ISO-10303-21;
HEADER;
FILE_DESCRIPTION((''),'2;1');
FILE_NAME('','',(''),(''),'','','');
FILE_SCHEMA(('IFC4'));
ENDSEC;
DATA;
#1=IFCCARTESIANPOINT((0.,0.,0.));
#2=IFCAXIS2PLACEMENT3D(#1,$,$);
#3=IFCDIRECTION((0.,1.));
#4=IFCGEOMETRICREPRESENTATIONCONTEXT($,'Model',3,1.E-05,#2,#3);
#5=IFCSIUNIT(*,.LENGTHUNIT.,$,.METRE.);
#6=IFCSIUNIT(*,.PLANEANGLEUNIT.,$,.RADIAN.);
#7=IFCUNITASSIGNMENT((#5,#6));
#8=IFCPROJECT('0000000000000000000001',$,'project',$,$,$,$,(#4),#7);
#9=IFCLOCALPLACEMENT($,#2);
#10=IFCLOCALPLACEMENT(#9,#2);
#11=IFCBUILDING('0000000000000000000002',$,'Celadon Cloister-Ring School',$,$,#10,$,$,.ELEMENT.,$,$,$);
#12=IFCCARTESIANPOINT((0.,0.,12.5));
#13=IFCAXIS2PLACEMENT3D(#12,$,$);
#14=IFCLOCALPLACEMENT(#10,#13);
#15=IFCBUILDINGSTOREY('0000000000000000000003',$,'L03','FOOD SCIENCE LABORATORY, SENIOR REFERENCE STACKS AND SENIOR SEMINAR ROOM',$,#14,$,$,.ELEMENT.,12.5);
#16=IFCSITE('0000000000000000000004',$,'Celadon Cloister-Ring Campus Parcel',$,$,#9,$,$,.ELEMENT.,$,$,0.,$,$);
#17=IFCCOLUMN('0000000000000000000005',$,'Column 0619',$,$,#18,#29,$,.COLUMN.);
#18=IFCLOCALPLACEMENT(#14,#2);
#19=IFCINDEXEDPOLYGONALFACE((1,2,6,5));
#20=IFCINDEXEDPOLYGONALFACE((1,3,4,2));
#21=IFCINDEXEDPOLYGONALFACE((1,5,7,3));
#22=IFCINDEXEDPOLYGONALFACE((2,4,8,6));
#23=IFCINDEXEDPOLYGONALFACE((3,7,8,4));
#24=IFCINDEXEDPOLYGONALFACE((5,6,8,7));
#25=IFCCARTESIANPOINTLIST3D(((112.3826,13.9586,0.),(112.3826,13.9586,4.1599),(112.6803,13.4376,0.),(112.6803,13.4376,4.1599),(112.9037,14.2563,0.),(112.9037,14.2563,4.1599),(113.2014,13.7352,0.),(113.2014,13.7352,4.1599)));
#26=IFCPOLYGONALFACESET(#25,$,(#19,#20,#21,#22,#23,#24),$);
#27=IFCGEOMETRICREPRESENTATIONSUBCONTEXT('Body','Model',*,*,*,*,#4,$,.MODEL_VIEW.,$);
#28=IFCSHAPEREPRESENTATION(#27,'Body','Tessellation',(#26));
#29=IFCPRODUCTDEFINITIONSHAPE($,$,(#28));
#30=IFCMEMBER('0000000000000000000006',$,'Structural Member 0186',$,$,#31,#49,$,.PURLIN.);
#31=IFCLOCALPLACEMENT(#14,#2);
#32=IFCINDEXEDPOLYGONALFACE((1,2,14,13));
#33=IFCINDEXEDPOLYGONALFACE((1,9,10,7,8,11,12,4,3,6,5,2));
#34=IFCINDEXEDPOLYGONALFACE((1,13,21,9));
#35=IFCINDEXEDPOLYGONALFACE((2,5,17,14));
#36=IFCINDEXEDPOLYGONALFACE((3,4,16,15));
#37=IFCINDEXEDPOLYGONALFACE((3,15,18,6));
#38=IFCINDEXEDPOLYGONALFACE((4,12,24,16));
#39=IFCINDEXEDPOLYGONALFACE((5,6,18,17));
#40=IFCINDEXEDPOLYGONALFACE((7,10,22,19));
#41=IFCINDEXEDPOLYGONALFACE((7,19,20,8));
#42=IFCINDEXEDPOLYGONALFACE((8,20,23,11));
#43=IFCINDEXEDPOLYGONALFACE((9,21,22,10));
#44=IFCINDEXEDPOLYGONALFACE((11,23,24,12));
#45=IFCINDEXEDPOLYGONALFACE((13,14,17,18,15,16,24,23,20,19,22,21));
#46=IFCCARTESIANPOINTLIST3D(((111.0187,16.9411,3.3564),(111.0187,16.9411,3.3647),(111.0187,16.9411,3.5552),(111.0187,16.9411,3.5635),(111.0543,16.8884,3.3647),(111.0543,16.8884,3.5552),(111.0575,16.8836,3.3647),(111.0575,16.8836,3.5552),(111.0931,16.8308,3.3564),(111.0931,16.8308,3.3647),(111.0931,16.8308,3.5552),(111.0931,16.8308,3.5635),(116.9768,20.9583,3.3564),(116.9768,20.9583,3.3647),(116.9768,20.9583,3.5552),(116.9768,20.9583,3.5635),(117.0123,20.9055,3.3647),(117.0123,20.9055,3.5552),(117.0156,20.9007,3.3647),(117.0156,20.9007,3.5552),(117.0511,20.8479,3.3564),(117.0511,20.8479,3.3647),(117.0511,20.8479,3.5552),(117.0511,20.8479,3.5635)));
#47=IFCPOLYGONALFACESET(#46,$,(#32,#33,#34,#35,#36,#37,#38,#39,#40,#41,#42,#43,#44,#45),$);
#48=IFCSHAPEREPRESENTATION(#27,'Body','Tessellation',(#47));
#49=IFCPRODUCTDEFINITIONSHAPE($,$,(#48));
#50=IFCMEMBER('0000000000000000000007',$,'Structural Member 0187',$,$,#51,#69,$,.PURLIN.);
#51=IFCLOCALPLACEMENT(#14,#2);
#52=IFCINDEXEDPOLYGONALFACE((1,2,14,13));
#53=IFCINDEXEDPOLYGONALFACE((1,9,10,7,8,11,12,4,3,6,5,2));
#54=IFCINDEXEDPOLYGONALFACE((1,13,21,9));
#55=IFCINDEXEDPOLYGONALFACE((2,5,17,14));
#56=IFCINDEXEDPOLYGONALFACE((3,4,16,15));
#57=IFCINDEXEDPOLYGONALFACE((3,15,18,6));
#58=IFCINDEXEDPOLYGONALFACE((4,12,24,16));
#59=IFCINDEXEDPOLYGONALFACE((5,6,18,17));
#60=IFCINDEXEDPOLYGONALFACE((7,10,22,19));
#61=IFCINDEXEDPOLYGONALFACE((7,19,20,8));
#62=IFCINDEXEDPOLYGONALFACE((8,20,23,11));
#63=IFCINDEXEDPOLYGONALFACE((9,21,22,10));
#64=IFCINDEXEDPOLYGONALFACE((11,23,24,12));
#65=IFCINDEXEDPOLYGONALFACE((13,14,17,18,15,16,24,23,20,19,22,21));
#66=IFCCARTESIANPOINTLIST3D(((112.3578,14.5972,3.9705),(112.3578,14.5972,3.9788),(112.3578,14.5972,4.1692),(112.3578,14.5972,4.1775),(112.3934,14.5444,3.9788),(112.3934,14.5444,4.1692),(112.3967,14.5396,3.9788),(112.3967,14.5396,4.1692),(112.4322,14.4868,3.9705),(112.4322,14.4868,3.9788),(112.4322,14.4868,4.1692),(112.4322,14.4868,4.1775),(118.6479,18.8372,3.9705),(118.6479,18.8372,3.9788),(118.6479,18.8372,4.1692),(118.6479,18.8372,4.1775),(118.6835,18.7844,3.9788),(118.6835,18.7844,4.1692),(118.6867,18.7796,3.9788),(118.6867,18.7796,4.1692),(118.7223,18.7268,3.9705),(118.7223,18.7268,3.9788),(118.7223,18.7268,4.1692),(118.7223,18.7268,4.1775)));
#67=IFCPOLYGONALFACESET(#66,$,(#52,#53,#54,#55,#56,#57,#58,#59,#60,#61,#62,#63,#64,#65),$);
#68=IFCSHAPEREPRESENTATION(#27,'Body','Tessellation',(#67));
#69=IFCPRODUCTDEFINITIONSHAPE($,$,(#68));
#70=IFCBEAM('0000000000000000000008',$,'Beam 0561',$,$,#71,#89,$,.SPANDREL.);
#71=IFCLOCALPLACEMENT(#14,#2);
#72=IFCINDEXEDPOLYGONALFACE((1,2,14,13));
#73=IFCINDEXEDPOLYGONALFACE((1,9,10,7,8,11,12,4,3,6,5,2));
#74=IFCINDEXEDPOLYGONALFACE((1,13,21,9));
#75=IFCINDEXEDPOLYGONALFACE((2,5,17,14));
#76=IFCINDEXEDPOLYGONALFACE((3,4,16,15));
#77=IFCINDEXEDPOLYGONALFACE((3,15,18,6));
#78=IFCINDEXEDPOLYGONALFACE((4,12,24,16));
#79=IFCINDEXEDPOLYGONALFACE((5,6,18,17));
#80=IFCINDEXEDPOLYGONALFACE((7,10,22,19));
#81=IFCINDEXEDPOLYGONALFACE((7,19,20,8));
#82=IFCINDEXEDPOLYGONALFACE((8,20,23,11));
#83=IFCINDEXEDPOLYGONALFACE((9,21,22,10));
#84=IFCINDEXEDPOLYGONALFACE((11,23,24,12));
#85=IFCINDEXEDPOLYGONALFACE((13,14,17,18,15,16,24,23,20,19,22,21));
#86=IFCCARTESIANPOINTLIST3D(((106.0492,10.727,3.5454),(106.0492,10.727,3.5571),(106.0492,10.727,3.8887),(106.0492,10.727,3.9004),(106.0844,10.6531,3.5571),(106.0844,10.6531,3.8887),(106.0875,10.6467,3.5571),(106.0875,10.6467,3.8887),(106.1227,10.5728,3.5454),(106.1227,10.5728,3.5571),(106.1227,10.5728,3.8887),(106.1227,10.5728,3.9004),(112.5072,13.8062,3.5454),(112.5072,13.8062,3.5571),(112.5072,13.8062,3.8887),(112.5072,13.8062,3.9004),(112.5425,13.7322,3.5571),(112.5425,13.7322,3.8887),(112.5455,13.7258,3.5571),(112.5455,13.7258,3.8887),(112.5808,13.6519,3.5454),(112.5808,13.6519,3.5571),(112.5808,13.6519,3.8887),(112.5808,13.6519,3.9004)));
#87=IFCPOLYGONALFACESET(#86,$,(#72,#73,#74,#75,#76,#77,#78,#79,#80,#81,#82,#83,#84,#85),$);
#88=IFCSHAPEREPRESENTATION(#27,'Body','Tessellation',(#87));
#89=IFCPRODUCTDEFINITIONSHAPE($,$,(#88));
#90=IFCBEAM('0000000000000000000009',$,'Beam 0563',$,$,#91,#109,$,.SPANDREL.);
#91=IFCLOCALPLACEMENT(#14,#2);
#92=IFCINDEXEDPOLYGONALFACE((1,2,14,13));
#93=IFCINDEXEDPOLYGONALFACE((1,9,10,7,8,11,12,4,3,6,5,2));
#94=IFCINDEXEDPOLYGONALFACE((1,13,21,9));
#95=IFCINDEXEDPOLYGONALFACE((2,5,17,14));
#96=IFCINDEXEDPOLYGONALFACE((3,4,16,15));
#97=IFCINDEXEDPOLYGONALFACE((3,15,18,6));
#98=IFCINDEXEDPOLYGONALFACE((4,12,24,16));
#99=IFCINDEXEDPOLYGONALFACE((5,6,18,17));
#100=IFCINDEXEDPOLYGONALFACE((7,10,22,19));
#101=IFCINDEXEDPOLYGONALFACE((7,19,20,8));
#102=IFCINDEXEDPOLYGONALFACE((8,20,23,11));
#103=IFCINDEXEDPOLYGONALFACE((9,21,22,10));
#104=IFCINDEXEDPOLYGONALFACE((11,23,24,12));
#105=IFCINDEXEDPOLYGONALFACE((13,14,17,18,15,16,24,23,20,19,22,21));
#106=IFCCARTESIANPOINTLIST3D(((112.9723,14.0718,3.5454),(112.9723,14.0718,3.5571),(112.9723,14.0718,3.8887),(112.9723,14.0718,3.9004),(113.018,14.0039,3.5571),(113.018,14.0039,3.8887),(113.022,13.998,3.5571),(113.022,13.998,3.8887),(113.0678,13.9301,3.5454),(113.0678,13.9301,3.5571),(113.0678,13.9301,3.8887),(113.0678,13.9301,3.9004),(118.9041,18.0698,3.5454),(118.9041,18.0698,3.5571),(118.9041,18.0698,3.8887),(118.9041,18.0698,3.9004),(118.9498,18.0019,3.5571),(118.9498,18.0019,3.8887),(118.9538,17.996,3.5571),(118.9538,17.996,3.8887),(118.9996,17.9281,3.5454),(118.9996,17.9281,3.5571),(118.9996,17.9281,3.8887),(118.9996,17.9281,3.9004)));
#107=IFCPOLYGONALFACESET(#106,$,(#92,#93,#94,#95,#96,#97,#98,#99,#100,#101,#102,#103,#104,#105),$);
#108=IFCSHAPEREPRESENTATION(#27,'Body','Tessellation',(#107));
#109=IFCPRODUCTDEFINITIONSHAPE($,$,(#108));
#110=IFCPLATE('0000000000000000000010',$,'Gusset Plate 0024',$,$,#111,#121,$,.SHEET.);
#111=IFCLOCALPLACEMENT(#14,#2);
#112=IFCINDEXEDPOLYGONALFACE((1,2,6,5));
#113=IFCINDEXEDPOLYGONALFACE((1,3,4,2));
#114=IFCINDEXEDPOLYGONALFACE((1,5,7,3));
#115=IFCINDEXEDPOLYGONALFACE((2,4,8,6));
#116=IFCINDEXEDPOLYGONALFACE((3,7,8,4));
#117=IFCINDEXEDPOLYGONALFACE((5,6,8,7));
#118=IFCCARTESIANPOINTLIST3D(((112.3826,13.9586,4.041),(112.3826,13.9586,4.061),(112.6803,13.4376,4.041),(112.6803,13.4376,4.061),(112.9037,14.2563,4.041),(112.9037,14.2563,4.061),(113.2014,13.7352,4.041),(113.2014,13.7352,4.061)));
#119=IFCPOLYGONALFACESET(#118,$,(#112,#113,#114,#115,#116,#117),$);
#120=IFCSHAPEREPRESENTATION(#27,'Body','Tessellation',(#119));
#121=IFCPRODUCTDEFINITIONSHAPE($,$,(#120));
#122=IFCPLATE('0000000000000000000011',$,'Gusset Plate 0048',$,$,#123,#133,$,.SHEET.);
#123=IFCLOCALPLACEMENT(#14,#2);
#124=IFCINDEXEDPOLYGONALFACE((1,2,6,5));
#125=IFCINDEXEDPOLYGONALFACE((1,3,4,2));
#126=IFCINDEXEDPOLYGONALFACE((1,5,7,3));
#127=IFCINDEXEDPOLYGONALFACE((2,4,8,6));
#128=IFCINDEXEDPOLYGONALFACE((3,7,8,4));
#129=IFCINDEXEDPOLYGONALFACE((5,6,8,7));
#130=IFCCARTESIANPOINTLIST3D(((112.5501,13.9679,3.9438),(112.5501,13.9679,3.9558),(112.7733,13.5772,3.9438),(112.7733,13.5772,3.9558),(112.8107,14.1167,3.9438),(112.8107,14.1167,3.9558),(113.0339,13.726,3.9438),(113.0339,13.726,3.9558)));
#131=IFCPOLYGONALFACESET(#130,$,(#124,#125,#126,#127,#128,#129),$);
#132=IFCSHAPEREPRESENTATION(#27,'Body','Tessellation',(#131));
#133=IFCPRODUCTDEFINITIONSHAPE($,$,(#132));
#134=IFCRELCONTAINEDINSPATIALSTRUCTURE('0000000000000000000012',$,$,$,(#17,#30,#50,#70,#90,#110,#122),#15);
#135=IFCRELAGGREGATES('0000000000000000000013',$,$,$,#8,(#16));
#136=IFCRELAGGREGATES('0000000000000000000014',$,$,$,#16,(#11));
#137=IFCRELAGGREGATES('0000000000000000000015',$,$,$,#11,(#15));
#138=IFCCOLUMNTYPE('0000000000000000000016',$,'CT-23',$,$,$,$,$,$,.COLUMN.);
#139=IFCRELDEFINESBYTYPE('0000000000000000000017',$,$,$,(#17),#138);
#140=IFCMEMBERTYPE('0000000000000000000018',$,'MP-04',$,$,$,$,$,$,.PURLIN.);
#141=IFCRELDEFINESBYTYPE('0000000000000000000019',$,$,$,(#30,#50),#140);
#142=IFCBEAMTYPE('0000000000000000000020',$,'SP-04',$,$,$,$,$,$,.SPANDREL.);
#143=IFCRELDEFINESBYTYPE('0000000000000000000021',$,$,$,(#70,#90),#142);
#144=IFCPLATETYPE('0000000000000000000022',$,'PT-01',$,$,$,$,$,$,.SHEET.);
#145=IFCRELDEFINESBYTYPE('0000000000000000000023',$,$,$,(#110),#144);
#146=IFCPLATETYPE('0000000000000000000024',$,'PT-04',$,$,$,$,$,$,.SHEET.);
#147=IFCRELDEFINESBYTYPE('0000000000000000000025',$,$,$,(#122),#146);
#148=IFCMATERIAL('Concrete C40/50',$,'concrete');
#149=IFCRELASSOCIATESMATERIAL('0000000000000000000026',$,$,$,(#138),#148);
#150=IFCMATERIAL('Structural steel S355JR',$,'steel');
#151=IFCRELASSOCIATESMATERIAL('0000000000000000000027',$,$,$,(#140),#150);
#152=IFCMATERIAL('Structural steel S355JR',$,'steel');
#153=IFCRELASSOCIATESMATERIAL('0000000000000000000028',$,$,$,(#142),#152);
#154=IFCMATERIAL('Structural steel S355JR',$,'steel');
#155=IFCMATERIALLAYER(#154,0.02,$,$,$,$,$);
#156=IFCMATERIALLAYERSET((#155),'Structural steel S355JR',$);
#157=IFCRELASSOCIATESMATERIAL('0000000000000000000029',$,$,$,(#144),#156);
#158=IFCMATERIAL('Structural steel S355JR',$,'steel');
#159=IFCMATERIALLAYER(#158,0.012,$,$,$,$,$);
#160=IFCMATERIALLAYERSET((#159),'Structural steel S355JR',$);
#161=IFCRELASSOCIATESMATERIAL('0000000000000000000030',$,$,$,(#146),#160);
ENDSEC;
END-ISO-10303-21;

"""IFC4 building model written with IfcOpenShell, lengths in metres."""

from ifc_helpers import new_model, si_unit, direction, frame, origin, origin_2d, place, context, subcontext, project, spatial, rectangle, i_section, extrude, material, layer, layer_set, material_profile, profile_set, type_object, element, save


model = new_model("IFC4")

# Units and contexts
model_context = context("Model", 3, precision=1e-05, world=origin(), true_north=direction((0.0, 1.0)))
body_context = subcontext(model_context, "Body", "Model", "MODEL_VIEW")
ifc_project = project(units=[si_unit("LENGTHUNIT", "METRE"), si_unit("PLANEANGLEUNIT", "RADIAN")], contexts=[model_context])

# Site, building, storey
site_placement = place(None, origin())
site = spatial("IfcSite", under=ifc_project, at=site_placement, Name="Celadon Cloister-Ring Campus Parcel", CompositionType="ELEMENT", RefElevation=0.0)
building_placement = place(site_placement, origin())
building = spatial("IfcBuilding", under=site, at=building_placement, Name="Celadon Cloister-Ring School", CompositionType="ELEMENT")
storey_placement = place(building_placement, frame((0.0, 0.0, 12.5)))
storey = spatial("IfcBuildingStorey", under=building, at=storey_placement, Name="L03", Description="FOOD SCIENCE LABORATORY, SENIOR REFERENCE STACKS AND SENIOR SEMINAR ROOM", CompositionType="ELEMENT", Elevation=12.5)

# Column
ifc_material_1 = material(Name="Concrete C40/50", Category="concrete")
ifc_material_profile_1 = material_profile(ifc_material_1, rectangle(XDim=0.6001, YDim=0.6001, at=origin_2d()), Name="RC600X600")
ifc_profile_set_1 = profile_set([ifc_material_profile_1], Name="Concrete C40/50")
column_type = type_object("IfcColumnType", Name="CT-23", PredefinedType="COLUMN", material=ifc_profile_set_1)
column_placement = place(storey_placement, frame((112.792, 13.8469, 0.0), z_axis=(0.0, 0.0, 1.0), x_axis=(0.496004, -0.86832, 0.0)))
element("IfcColumn", 1, at=column_placement, inside=storey, type_object=column_type, Name="Column 0619", PredefinedType="COLUMN", context=body_context, shape_type="SweptSolid", body=[
    extrude(rectangle(XDim=0.6001, YDim=0.6001, at=origin_2d()), origin(), (0.0, 0.0, 1.0), 4.1599),
])

# Members
ifc_material_2 = material(Name="Structural steel S355JR", Category="steel")
ifc_material_profile_2 = material_profile(ifc_material_2, i_section(OverallWidth=0.1331, OverallDepth=0.207, WebThickness=0.0059, FlangeThickness=0.0083, at=origin_2d()), Name="W200X27")
ifc_profile_set_2 = profile_set([ifc_material_profile_2], Name="Structural steel S355JR")
member_type = type_object("IfcMemberType", Name="MP-04", PredefinedType="PURLIN", material=ifc_profile_set_2)
member_1_placement = place(storey_placement, frame((111.0559, 16.886, 3.46), z_axis=(0.829143, 0.559036, 0.0), x_axis=(-0.559036, 0.829143, 0.0)))
element("IfcMember", 2, at=member_1_placement, inside=storey, type_object=member_type, Name="Structural Member 0186", PredefinedType="PURLIN", context=body_context, shape_type="SweptSolid", body=[
    extrude(i_section(OverallWidth=0.1331, OverallDepth=0.207, WebThickness=0.0059, FlangeThickness=0.0083, at=origin_2d()), origin(), (0.0, 0.0, 1.0), 7.1858),
])
member_2_placement = place(storey_placement, frame((112.395, 14.542, 4.074), z_axis=(0.829202, 0.558949, 0.0), x_axis=(-0.558949, 0.829202, 0.0)))
element("IfcMember", 3, at=member_2_placement, inside=storey, type_object=member_type, Name="Structural Member 0187", PredefinedType="PURLIN", context=body_context, shape_type="SweptSolid", body=[
    extrude(i_section(OverallWidth=0.1331, OverallDepth=0.207, WebThickness=0.0059, FlangeThickness=0.0083, at=origin_2d()), origin(), (0.0, 0.0, 1.0), 7.5857),
])

# Beams
ifc_material_3 = material(Name="Structural steel S355JR", Category="steel")
ifc_material_profile_3 = material_profile(ifc_material_3, i_section(OverallWidth=0.1709, OverallDepth=0.355, WebThickness=0.0071, FlangeThickness=0.0117, at=origin_2d()), Name="W360X51")
ifc_profile_set_3 = profile_set([ifc_material_profile_3], Name="Structural steel S355JR")
beam_type = type_object("IfcBeamType", Name="SP-04", PredefinedType="SPANDREL", material=ifc_profile_set_3)
beam_1_placement = place(storey_placement, frame((106.0859, 10.6499, 3.7229), z_axis=(0.902651, 0.430373, 0.0), x_axis=(-0.430373, 0.902651, 0.0)))
element("IfcBeam", 4, at=beam_1_placement, inside=storey, type_object=beam_type, Name="Beam 0561", PredefinedType="SPANDREL", context=body_context, shape_type="SweptSolid", body=[
    extrude(i_section(OverallWidth=0.1709, OverallDepth=0.355, WebThickness=0.0071, FlangeThickness=0.0117, at=origin_2d()), origin(), (0.0, 0.0, 1.0), 7.1545),
])
beam_2_placement = place(storey_placement, frame((113.02, 14.001, 3.7229), z_axis=(0.829236, 0.558899, 0.0), x_axis=(-0.558899, 0.829236, 0.0)))
element("IfcBeam", 5, at=beam_2_placement, inside=storey, type_object=beam_type, Name="Beam 0563", PredefinedType="SPANDREL", context=body_context, shape_type="SweptSolid", body=[
    extrude(i_section(OverallWidth=0.1709, OverallDepth=0.355, WebThickness=0.0071, FlangeThickness=0.0117, at=origin_2d()), origin(), (0.0, 0.0, 1.0), 7.1533),
])

# Plates
ifc_material_4 = material(Name="Structural steel S355JR", Category="steel")
ifc_layer_1 = layer(ifc_material_4, 0.02)
ifc_layer_set_1 = layer_set([ifc_layer_1], Name="Structural steel S355JR")
plate_type_1 = type_object("IfcPlateType", Name="PT-01", PredefinedType="SHEET", material=ifc_layer_set_1)
plate_1_placement = place(storey_placement, frame((112.792, 13.8469, 4.041), z_axis=(0.0, 0.0, 1.0), x_axis=(0.496004, -0.86832, 0.0)))
element("IfcPlate", 6, at=plate_1_placement, inside=storey, type_object=plate_type_1, Name="Gusset Plate 0024", PredefinedType="SHEET", context=body_context, shape_type="SweptSolid", body=[
    extrude(rectangle(XDim=0.6001, YDim=0.6001, at=origin_2d()), origin(), (0.0, 0.0, 1.0), 0.02),
])
ifc_material_5 = material(Name="Structural steel S355JR", Category="steel")
ifc_layer_2 = layer(ifc_material_5, 0.012)
ifc_layer_set_2 = layer_set([ifc_layer_2], Name="Structural steel S355JR")
plate_type_2 = type_object("IfcPlateType", Name="PT-04", PredefinedType="SHEET", material=ifc_layer_set_2)
plate_2_placement = place(storey_placement, frame((112.792, 13.8469, 3.9438), z_axis=(0.0, 0.0, 1.0), x_axis=(0.496004, -0.86832, 0.0)))
element("IfcPlate", 7, at=plate_2_placement, inside=storey, type_object=plate_type_2, Name="Gusset Plate 0048", PredefinedType="SHEET", context=body_context, shape_type="SweptSolid", body=[
    extrude(rectangle(XDim=0.45, YDim=0.3, at=origin_2d()), origin(), (0.0, 0.0, 1.0), 0.012),
])

save(model, "model.ifc")
